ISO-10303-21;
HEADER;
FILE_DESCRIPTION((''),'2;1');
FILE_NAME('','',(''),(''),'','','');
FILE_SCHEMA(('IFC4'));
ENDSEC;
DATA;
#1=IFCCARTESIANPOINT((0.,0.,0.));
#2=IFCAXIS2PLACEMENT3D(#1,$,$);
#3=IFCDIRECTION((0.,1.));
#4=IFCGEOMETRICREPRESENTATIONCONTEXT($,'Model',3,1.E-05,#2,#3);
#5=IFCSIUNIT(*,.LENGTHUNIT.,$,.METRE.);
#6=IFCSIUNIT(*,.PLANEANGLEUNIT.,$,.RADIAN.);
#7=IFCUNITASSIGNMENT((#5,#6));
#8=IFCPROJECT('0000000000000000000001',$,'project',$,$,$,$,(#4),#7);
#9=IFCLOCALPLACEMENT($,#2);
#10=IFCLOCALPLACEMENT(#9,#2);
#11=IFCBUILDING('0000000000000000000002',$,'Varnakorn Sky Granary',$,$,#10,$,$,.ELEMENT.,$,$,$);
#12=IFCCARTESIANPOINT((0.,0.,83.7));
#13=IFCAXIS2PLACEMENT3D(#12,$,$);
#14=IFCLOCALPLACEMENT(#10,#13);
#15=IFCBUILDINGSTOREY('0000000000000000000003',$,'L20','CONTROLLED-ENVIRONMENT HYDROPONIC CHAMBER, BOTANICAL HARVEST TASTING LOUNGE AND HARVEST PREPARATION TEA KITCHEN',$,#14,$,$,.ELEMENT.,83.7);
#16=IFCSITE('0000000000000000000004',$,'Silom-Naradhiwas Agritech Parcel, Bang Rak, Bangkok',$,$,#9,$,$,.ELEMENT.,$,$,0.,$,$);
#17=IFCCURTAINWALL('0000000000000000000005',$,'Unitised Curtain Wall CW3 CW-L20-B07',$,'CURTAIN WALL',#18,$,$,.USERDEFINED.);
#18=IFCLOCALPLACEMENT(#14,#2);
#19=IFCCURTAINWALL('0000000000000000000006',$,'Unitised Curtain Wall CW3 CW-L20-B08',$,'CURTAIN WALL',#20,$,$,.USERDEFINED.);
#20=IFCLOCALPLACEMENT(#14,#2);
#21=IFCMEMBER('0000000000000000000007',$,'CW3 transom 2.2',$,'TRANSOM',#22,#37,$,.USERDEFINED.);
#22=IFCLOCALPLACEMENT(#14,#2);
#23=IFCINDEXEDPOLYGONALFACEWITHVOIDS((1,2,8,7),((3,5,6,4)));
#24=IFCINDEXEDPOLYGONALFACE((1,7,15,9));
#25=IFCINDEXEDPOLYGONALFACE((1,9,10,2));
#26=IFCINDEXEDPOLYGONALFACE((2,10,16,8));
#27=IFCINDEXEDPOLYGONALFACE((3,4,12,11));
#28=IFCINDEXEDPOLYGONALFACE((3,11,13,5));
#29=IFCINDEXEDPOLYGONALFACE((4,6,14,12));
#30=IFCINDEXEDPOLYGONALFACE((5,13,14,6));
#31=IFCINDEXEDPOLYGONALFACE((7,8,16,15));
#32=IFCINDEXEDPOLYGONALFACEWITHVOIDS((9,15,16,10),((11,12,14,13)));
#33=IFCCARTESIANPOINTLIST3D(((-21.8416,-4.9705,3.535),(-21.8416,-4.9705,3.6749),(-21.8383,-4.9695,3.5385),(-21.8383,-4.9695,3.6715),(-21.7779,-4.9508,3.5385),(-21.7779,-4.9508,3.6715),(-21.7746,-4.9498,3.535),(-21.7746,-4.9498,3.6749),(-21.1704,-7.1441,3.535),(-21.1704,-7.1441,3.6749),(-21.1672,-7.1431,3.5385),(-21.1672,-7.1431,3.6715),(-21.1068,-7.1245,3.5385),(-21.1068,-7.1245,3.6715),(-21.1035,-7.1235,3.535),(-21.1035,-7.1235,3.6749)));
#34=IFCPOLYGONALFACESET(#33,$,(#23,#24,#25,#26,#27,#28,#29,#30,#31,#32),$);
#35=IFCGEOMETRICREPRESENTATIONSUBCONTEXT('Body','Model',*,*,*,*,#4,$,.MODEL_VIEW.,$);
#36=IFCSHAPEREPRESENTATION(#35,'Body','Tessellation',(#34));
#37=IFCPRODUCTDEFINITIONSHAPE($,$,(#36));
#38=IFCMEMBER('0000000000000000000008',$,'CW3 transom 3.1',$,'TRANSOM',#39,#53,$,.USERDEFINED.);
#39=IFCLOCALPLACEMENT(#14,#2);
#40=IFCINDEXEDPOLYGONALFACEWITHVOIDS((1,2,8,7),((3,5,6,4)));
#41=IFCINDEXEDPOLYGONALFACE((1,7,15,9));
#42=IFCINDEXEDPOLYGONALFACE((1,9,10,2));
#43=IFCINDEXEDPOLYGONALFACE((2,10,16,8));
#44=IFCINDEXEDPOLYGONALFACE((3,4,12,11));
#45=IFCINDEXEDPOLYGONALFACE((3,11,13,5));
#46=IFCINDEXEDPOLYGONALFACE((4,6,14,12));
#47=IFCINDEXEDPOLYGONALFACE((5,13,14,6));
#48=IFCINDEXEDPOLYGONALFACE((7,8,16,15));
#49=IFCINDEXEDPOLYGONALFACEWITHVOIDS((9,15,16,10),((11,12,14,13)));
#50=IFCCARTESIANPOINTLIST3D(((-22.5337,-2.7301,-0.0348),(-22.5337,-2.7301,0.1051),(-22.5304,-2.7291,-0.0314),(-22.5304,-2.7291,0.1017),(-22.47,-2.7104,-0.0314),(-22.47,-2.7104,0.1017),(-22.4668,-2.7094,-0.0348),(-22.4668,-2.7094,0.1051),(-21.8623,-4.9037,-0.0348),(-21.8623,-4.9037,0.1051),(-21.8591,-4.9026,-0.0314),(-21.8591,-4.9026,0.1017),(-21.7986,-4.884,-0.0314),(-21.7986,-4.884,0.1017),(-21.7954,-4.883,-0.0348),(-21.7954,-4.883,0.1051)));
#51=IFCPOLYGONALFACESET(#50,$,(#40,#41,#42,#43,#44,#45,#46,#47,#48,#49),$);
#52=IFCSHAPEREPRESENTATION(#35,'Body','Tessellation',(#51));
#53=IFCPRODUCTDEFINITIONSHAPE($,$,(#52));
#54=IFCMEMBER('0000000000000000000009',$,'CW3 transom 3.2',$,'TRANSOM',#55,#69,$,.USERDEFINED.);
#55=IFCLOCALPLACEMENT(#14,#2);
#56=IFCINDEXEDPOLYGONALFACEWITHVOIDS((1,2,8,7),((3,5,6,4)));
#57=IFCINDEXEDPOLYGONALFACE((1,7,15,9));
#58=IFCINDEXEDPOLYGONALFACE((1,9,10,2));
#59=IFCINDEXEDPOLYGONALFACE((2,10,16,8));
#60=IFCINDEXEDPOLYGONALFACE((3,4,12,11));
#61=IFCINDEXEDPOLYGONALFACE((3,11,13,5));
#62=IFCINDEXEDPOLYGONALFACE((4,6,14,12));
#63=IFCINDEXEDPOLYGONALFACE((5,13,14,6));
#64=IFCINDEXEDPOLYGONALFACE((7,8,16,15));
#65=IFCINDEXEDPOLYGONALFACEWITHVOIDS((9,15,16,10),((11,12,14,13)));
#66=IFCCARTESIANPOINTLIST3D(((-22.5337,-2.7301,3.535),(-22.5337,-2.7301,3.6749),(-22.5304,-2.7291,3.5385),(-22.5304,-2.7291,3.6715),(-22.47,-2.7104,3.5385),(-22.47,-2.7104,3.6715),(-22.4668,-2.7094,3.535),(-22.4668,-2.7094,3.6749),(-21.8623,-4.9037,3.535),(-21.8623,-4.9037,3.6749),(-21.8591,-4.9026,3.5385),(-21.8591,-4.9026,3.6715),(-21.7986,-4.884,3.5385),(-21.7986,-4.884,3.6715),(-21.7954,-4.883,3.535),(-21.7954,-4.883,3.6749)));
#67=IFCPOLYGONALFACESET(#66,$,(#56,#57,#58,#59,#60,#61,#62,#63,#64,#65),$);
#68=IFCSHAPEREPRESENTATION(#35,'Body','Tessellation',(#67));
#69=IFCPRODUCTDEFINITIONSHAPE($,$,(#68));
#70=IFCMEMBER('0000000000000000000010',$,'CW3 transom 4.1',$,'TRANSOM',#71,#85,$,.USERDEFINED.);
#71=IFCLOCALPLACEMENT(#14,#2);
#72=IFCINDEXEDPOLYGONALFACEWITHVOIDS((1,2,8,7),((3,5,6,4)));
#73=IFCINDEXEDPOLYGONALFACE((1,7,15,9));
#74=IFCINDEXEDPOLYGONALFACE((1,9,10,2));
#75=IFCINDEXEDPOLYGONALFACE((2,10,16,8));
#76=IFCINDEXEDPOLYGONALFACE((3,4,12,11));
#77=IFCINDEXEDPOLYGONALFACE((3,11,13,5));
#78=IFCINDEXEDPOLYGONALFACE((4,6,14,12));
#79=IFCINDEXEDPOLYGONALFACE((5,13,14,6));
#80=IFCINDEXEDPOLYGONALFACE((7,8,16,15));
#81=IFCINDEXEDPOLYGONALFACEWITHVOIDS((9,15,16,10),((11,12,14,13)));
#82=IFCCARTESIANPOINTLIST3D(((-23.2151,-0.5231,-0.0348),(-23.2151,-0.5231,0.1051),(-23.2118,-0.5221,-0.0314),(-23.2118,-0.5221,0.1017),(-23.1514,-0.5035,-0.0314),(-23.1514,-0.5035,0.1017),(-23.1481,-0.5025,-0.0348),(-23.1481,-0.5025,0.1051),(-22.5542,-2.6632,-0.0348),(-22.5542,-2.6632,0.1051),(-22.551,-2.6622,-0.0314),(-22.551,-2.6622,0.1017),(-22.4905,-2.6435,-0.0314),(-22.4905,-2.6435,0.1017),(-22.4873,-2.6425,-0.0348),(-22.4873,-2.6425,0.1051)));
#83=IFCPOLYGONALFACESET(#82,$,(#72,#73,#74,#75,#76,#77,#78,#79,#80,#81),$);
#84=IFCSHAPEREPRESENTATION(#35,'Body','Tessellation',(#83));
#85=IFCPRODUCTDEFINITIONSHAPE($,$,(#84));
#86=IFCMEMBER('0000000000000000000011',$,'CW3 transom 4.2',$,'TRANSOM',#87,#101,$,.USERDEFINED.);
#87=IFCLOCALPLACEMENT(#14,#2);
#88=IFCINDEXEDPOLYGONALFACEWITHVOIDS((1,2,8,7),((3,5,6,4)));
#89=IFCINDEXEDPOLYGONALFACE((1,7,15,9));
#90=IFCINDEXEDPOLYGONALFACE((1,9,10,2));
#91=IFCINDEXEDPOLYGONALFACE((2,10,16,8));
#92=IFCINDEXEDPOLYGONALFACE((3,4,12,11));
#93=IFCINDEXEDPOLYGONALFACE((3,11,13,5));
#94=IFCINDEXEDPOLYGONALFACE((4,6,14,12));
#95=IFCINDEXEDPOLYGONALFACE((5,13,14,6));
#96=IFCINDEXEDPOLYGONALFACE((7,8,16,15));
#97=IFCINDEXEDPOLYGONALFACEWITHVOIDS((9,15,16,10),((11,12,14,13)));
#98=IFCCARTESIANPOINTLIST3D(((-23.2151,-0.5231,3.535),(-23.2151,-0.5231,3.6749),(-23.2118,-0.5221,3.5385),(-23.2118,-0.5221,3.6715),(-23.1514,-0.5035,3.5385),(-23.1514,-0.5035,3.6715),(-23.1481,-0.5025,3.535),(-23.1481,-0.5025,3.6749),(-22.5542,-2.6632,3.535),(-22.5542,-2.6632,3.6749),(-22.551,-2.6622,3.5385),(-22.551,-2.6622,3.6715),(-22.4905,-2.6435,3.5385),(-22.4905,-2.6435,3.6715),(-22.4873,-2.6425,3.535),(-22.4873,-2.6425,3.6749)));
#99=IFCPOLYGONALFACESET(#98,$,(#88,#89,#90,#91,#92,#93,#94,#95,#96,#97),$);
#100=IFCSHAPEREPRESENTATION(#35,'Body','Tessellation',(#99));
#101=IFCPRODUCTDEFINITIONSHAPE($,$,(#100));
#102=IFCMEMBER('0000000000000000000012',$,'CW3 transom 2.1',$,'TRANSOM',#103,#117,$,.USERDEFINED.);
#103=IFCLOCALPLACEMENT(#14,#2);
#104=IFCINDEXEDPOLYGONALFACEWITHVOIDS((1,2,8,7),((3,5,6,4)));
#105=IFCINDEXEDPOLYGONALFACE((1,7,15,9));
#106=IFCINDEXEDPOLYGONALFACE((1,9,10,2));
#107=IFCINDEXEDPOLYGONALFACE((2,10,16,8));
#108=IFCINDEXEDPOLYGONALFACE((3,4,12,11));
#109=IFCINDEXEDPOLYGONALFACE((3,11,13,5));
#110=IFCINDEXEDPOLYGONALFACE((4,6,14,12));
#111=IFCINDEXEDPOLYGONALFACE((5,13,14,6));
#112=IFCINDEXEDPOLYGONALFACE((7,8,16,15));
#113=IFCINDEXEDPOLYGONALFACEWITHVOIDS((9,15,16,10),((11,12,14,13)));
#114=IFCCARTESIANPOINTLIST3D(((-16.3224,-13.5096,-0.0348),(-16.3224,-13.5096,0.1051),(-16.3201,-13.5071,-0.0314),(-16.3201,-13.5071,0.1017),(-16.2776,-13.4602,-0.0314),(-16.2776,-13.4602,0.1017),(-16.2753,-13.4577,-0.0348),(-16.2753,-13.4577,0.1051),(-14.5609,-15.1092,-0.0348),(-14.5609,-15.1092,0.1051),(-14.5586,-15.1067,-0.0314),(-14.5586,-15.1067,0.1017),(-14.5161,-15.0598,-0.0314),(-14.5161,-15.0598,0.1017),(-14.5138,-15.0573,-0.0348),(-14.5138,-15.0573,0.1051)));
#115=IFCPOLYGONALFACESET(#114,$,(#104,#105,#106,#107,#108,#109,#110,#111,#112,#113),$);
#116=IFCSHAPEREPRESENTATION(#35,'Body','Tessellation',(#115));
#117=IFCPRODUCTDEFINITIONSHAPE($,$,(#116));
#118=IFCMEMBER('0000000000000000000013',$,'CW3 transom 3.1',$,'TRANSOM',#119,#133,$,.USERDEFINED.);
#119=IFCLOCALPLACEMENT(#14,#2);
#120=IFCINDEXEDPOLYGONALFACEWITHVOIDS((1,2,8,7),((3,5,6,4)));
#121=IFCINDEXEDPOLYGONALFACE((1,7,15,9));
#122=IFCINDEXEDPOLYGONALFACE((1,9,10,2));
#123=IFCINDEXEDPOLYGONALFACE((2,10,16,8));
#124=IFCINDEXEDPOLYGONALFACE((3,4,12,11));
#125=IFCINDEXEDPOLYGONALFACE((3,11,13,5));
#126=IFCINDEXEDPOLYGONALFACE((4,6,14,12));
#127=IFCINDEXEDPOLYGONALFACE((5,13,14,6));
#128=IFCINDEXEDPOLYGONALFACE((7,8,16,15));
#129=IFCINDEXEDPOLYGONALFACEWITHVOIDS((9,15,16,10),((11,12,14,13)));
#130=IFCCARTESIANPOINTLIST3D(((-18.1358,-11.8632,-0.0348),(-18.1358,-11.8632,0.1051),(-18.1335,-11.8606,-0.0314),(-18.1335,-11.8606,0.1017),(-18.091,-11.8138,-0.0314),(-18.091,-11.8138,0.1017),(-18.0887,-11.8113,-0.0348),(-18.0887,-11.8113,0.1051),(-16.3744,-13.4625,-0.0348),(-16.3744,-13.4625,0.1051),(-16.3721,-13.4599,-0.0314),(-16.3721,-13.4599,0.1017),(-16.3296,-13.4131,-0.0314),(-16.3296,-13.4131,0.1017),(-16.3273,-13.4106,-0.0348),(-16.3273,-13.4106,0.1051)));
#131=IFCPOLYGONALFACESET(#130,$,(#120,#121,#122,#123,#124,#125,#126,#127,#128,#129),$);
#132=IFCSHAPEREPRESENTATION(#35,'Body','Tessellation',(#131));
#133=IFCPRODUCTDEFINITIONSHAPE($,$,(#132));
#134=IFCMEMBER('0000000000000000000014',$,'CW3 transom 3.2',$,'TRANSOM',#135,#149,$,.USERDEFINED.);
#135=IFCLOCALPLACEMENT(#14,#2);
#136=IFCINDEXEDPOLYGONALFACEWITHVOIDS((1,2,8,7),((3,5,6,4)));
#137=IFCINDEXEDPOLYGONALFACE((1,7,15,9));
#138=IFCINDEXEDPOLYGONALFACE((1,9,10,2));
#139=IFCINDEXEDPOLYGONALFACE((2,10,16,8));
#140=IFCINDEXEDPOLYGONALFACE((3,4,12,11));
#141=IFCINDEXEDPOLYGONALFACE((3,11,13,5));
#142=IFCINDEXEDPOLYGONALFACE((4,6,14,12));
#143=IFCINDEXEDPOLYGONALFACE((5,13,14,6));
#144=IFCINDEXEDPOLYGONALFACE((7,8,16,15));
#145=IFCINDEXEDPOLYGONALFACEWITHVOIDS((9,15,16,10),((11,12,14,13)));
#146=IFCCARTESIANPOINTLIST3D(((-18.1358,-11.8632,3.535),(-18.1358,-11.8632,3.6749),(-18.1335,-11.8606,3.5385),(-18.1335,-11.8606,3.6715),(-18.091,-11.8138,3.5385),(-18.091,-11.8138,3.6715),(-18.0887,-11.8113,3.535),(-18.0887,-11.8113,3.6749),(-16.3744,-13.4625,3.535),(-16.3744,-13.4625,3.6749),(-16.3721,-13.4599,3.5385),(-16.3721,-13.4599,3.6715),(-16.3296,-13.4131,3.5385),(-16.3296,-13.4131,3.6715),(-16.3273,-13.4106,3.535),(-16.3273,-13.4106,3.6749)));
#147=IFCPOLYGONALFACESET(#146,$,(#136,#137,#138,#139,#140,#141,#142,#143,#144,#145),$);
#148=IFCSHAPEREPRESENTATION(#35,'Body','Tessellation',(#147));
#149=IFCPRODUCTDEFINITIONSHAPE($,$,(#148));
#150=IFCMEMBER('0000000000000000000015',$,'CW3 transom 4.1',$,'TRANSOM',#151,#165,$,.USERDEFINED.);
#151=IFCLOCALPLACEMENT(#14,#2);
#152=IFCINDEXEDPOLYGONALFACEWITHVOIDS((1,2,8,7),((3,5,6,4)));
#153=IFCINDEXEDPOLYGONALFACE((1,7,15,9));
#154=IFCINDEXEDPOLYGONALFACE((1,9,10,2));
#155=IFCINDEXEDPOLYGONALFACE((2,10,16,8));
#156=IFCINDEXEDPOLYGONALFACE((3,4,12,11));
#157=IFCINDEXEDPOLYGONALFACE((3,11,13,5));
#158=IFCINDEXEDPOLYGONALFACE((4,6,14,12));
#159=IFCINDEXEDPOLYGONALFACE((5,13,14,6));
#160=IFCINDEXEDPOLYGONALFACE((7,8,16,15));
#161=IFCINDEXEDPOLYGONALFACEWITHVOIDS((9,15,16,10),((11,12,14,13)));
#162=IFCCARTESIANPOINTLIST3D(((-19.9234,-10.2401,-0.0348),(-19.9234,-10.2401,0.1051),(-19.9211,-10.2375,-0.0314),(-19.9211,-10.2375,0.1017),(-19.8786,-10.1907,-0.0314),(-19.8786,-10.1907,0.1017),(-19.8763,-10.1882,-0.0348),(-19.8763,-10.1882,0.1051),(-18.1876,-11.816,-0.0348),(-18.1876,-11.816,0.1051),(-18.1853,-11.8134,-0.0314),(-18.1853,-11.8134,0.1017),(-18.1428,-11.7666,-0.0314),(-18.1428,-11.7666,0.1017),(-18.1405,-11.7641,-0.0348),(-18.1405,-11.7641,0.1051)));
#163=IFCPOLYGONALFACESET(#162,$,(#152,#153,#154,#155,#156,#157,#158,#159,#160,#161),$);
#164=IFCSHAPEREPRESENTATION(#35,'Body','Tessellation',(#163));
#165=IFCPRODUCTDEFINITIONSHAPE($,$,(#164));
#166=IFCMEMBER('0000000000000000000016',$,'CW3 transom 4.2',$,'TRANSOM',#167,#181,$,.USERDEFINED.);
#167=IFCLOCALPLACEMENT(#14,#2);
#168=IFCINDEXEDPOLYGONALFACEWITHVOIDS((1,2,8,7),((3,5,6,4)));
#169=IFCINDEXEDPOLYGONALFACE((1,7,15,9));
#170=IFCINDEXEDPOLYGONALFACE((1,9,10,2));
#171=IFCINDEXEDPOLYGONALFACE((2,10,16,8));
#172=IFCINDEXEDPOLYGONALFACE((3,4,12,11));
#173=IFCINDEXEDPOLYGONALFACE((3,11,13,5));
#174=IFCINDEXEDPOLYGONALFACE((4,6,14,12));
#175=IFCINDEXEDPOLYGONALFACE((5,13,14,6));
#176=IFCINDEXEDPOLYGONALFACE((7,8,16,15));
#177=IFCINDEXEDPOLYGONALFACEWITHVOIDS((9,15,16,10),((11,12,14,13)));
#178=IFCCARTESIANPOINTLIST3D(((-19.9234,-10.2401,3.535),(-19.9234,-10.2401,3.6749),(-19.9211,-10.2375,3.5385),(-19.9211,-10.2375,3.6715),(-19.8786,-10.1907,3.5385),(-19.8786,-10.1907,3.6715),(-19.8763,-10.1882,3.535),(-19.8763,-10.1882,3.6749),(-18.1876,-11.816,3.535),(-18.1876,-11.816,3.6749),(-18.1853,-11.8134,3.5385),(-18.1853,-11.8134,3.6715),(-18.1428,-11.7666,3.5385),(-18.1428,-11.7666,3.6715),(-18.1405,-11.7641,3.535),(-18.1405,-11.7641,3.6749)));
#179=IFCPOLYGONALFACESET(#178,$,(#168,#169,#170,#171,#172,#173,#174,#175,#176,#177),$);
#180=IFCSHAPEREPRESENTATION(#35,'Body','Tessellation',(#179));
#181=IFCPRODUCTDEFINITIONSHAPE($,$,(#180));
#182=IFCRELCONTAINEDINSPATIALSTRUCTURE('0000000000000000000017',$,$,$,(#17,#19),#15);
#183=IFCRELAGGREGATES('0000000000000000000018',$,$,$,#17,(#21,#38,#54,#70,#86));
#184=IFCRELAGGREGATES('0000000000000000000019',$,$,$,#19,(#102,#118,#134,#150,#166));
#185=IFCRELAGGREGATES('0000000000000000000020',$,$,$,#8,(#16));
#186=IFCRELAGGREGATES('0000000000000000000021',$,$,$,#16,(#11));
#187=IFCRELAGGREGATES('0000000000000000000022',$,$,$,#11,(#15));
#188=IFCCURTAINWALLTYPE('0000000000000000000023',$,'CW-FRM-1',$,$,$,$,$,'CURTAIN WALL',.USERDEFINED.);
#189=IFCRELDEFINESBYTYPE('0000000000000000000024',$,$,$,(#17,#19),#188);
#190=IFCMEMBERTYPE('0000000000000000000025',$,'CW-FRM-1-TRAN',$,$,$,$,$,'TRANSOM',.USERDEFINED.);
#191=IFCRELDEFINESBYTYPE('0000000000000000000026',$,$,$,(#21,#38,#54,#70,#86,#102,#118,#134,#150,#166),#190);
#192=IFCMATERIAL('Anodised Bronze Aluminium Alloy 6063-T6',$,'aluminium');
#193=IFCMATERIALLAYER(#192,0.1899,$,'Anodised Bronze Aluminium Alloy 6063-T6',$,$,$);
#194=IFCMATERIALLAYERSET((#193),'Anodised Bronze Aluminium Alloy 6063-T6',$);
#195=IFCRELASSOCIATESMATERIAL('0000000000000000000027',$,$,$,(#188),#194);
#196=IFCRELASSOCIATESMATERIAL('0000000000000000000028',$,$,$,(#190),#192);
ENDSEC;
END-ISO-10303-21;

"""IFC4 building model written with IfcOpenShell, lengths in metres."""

from ifc_helpers import new_model, si_unit, direction, frame, origin, origin_2d, place, context, subcontext, project, spatial, hollow_rectangle, extrude, material, layer, layer_set, material_profile, profile_set, type_object, element, aggregate, save


model = new_model("IFC4")

# Units and contexts
model_context = context("Model", 3, precision=1e-05, world=origin(), true_north=direction((0.0, 1.0)))
body_context = subcontext(model_context, "Body", "Model", "MODEL_VIEW")
ifc_project = project(units=[si_unit("LENGTHUNIT", "METRE"), si_unit("PLANEANGLEUNIT", "RADIAN")], contexts=[model_context])

# Site, building, storey
site_placement = place(None, origin())
site = spatial("IfcSite", under=ifc_project, at=site_placement, Name="Silom-Naradhiwas Agritech Parcel, Bang Rak, Bangkok", CompositionType="ELEMENT", RefElevation=0.0)
building_placement = place(site_placement, origin())
building = spatial("IfcBuilding", under=site, at=building_placement, Name="Varnakorn Sky Granary", CompositionType="ELEMENT")
storey_placement = place(building_placement, frame((0.0, 0.0, 83.7)))
storey = spatial("IfcBuildingStorey", under=building, at=storey_placement, Name="L20", Description="CONTROLLED-ENVIRONMENT HYDROPONIC CHAMBER, BOTANICAL HARVEST TASTING LOUNGE AND HARVEST PREPARATION TEA KITCHEN", CompositionType="ELEMENT", Elevation=83.7)

# Curtain walls
ifc_material_1 = material(Name="Anodised Bronze Aluminium Alloy 6063-T6", Category="aluminium")
ifc_layer_1 = layer(ifc_material_1, 0.1899, Name="Anodised Bronze Aluminium Alloy 6063-T6")
ifc_layer_set_1 = layer_set([ifc_layer_1], Name="Anodised Bronze Aluminium Alloy 6063-T6")
curtain_wall_type = type_object("IfcCurtainWallType", Name="CW-FRM-1", ElementType="CURTAIN WALL", PredefinedType="USERDEFINED", material=ifc_layer_set_1)
curtain_wall_1_placement = place(storey_placement, origin())
curtain_wall_1 = element("IfcCurtainWall", 1, at=curtain_wall_1_placement, inside=storey, type_object=curtain_wall_type, Name="Unitised Curtain Wall CW3 CW-L20-B07", ObjectType="CURTAIN WALL", PredefinedType="USERDEFINED")
curtain_wall_2_placement = place(storey_placement, origin())
curtain_wall_2 = element("IfcCurtainWall", 2, at=curtain_wall_2_placement, inside=storey, type_object=curtain_wall_type, Name="Unitised Curtain Wall CW3 CW-L20-B08", ObjectType="CURTAIN WALL", PredefinedType="USERDEFINED")

# Members
ifc_material_profile_1 = material_profile(ifc_material_1, hollow_rectangle(XDim=0.0701, YDim=0.1399, WallThickness=0.0034, at=origin_2d()), Name="ALU TRAN 70x140")
ifc_profile_set_1 = profile_set([ifc_material_profile_1], Name="Anodised Bronze Aluminium Alloy 6063-T6")
member_type_1 = type_object("IfcMemberType", Name="CW-FRM-1-TRAN", ElementType="TRANSOM", PredefinedType="USERDEFINED", material=ifc_profile_set_1)
member_1_placement = place(storey_placement, frame((-21.137, -7.1338, 3.605), z_axis=(-0.295028, 0.955488, 0.0), x_axis=(-0.955488, -0.295028, 0.0)))
member_1 = element("IfcMember", 3, at=member_1_placement, type_object=member_type_1, Name="CW3 transom 2.2", ObjectType="TRANSOM", PredefinedType="USERDEFINED", context=body_context, shape_type="SweptSolid", body=[
    extrude(hollow_rectangle(XDim=0.0701, YDim=0.1399, WallThickness=0.0034, at=origin_2d()), origin(), (0.0, 0.0, 1.0), 2.2749),
])
member_2_placement = place(storey_placement, frame((-21.8289, -4.8933, 0.0352), z_axis=(-0.295126, 0.955458, 0.0), x_axis=(-0.955458, -0.295126, 0.0)))
member_2 = element("IfcMember", 4, at=member_2_placement, type_object=member_type_1, Name="CW3 transom 3.1", ObjectType="TRANSOM", PredefinedType="USERDEFINED", context=body_context, shape_type="SweptSolid", body=[
    extrude(hollow_rectangle(XDim=0.0701, YDim=0.1399, WallThickness=0.0034, at=origin_2d()), origin(), (0.0, 0.0, 1.0), 2.2749),
])
member_3_placement = place(storey_placement, frame((-21.8289, -4.8933, 3.605), z_axis=(-0.295126, 0.955458, 0.0), x_axis=(-0.955458, -0.295126, 0.0)))
member_3 = element("IfcMember", 5, at=member_3_placement, type_object=member_type_1, Name="CW3 transom 3.2", ObjectType="TRANSOM", PredefinedType="USERDEFINED", context=body_context, shape_type="SweptSolid", body=[
    extrude(hollow_rectangle(XDim=0.0701, YDim=0.1399, WallThickness=0.0034, at=origin_2d()), origin(), (0.0, 0.0, 1.0), 2.2749),
])
member_4_placement = place(storey_placement, frame((-22.5208, -2.6528, 0.0352), z_axis=(-0.295058, 0.955479, 0.0), x_axis=(-0.955479, -0.295058, 0.0)))
member_4 = element("IfcMember", 6, at=member_4_placement, type_object=member_type_1, Name="CW3 transom 4.1", ObjectType="TRANSOM", PredefinedType="USERDEFINED", context=body_context, shape_type="SweptSolid", body=[
    extrude(hollow_rectangle(XDim=0.0701, YDim=0.1399, WallThickness=0.0034, at=origin_2d()), origin(), (0.0, 0.0, 1.0), 2.2397),
])
member_5_placement = place(storey_placement, frame((-22.5208, -2.6528, 3.605), z_axis=(-0.295058, 0.955479, 0.0), x_axis=(-0.955479, -0.295058, 0.0)))
member_5 = element("IfcMember", 7, at=member_5_placement, type_object=member_type_1, Name="CW3 transom 4.2", ObjectType="TRANSOM", PredefinedType="USERDEFINED", context=body_context, shape_type="SweptSolid", body=[
    extrude(hollow_rectangle(XDim=0.0701, YDim=0.1399, WallThickness=0.0034, at=origin_2d()), origin(), (0.0, 0.0, 1.0), 2.2397),
])
member_6_placement = place(storey_placement, frame((-14.5374, -15.0833, 0.0352), z_axis=(-0.740302, 0.672274, 0.0), x_axis=(-0.672274, -0.740302, 0.0)))
member_6 = element("IfcMember", 8, at=member_6_placement, type_object=member_type_1, Name="CW3 transom 2.1", ObjectType="TRANSOM", PredefinedType="USERDEFINED", context=body_context, shape_type="SweptSolid", body=[
    extrude(hollow_rectangle(XDim=0.0701, YDim=0.1399, WallThickness=0.0034, at=origin_2d()), origin(), (0.0, 0.0, 1.0), 2.3794),
])
member_7_placement = place(storey_placement, frame((-16.3508, -13.4365, 0.0352), z_axis=(-0.740353, 0.672218, 0.0), x_axis=(-0.672218, -0.740353, 0.0)))
member_7 = element("IfcMember", 9, at=member_7_placement, type_object=member_type_1, Name="CW3 transom 3.1", ObjectType="TRANSOM", PredefinedType="USERDEFINED", context=body_context, shape_type="SweptSolid", body=[
    extrude(hollow_rectangle(XDim=0.0701, YDim=0.1399, WallThickness=0.0034, at=origin_2d()), origin(), (0.0, 0.0, 1.0), 2.3792),
])
member_8_placement = place(storey_placement, frame((-16.3508, -13.4365, 3.605), z_axis=(-0.740353, 0.672218, 0.0), x_axis=(-0.672218, -0.740353, 0.0)))
member_8 = element("IfcMember", 10, at=member_8_placement, type_object=member_type_1, Name="CW3 transom 3.2", ObjectType="TRANSOM", PredefinedType="USERDEFINED", context=body_context, shape_type="SweptSolid", body=[
    extrude(hollow_rectangle(XDim=0.0701, YDim=0.1399, WallThickness=0.0034, at=origin_2d()), origin(), (0.0, 0.0, 1.0), 2.3792),
])
member_9_placement = place(storey_placement, frame((-18.1641, -11.79, 0.0352), z_axis=(-0.740388, 0.67218, 0.0), x_axis=(-0.67218, -0.740388, 0.0)))
member_9 = element("IfcMember", 11, at=member_9_placement, type_object=member_type_1, Name="CW3 transom 4.1", ObjectType="TRANSOM", PredefinedType="USERDEFINED", context=body_context, shape_type="SweptSolid", body=[
    extrude(hollow_rectangle(XDim=0.0701, YDim=0.1399, WallThickness=0.0034, at=origin_2d()), origin(), (0.0, 0.0, 1.0), 2.3445),
])
member_10_placement = place(storey_placement, frame((-18.1641, -11.79, 3.605), z_axis=(-0.740388, 0.67218, 0.0), x_axis=(-0.67218, -0.740388, 0.0)))
member_10 = element("IfcMember", 12, at=member_10_placement, type_object=member_type_1, Name="CW3 transom 4.2", ObjectType="TRANSOM", PredefinedType="USERDEFINED", context=body_context, shape_type="SweptSolid", body=[
    extrude(hollow_rectangle(XDim=0.0701, YDim=0.1399, WallThickness=0.0034, at=origin_2d()), origin(), (0.0, 0.0, 1.0), 2.3445),
])

aggregate(curtain_wall_1, [member_1, member_2, member_3, member_4, member_5])
aggregate(curtain_wall_2, [member_6, member_7, member_8, member_9, member_10])

save(model, "model.ifc")
